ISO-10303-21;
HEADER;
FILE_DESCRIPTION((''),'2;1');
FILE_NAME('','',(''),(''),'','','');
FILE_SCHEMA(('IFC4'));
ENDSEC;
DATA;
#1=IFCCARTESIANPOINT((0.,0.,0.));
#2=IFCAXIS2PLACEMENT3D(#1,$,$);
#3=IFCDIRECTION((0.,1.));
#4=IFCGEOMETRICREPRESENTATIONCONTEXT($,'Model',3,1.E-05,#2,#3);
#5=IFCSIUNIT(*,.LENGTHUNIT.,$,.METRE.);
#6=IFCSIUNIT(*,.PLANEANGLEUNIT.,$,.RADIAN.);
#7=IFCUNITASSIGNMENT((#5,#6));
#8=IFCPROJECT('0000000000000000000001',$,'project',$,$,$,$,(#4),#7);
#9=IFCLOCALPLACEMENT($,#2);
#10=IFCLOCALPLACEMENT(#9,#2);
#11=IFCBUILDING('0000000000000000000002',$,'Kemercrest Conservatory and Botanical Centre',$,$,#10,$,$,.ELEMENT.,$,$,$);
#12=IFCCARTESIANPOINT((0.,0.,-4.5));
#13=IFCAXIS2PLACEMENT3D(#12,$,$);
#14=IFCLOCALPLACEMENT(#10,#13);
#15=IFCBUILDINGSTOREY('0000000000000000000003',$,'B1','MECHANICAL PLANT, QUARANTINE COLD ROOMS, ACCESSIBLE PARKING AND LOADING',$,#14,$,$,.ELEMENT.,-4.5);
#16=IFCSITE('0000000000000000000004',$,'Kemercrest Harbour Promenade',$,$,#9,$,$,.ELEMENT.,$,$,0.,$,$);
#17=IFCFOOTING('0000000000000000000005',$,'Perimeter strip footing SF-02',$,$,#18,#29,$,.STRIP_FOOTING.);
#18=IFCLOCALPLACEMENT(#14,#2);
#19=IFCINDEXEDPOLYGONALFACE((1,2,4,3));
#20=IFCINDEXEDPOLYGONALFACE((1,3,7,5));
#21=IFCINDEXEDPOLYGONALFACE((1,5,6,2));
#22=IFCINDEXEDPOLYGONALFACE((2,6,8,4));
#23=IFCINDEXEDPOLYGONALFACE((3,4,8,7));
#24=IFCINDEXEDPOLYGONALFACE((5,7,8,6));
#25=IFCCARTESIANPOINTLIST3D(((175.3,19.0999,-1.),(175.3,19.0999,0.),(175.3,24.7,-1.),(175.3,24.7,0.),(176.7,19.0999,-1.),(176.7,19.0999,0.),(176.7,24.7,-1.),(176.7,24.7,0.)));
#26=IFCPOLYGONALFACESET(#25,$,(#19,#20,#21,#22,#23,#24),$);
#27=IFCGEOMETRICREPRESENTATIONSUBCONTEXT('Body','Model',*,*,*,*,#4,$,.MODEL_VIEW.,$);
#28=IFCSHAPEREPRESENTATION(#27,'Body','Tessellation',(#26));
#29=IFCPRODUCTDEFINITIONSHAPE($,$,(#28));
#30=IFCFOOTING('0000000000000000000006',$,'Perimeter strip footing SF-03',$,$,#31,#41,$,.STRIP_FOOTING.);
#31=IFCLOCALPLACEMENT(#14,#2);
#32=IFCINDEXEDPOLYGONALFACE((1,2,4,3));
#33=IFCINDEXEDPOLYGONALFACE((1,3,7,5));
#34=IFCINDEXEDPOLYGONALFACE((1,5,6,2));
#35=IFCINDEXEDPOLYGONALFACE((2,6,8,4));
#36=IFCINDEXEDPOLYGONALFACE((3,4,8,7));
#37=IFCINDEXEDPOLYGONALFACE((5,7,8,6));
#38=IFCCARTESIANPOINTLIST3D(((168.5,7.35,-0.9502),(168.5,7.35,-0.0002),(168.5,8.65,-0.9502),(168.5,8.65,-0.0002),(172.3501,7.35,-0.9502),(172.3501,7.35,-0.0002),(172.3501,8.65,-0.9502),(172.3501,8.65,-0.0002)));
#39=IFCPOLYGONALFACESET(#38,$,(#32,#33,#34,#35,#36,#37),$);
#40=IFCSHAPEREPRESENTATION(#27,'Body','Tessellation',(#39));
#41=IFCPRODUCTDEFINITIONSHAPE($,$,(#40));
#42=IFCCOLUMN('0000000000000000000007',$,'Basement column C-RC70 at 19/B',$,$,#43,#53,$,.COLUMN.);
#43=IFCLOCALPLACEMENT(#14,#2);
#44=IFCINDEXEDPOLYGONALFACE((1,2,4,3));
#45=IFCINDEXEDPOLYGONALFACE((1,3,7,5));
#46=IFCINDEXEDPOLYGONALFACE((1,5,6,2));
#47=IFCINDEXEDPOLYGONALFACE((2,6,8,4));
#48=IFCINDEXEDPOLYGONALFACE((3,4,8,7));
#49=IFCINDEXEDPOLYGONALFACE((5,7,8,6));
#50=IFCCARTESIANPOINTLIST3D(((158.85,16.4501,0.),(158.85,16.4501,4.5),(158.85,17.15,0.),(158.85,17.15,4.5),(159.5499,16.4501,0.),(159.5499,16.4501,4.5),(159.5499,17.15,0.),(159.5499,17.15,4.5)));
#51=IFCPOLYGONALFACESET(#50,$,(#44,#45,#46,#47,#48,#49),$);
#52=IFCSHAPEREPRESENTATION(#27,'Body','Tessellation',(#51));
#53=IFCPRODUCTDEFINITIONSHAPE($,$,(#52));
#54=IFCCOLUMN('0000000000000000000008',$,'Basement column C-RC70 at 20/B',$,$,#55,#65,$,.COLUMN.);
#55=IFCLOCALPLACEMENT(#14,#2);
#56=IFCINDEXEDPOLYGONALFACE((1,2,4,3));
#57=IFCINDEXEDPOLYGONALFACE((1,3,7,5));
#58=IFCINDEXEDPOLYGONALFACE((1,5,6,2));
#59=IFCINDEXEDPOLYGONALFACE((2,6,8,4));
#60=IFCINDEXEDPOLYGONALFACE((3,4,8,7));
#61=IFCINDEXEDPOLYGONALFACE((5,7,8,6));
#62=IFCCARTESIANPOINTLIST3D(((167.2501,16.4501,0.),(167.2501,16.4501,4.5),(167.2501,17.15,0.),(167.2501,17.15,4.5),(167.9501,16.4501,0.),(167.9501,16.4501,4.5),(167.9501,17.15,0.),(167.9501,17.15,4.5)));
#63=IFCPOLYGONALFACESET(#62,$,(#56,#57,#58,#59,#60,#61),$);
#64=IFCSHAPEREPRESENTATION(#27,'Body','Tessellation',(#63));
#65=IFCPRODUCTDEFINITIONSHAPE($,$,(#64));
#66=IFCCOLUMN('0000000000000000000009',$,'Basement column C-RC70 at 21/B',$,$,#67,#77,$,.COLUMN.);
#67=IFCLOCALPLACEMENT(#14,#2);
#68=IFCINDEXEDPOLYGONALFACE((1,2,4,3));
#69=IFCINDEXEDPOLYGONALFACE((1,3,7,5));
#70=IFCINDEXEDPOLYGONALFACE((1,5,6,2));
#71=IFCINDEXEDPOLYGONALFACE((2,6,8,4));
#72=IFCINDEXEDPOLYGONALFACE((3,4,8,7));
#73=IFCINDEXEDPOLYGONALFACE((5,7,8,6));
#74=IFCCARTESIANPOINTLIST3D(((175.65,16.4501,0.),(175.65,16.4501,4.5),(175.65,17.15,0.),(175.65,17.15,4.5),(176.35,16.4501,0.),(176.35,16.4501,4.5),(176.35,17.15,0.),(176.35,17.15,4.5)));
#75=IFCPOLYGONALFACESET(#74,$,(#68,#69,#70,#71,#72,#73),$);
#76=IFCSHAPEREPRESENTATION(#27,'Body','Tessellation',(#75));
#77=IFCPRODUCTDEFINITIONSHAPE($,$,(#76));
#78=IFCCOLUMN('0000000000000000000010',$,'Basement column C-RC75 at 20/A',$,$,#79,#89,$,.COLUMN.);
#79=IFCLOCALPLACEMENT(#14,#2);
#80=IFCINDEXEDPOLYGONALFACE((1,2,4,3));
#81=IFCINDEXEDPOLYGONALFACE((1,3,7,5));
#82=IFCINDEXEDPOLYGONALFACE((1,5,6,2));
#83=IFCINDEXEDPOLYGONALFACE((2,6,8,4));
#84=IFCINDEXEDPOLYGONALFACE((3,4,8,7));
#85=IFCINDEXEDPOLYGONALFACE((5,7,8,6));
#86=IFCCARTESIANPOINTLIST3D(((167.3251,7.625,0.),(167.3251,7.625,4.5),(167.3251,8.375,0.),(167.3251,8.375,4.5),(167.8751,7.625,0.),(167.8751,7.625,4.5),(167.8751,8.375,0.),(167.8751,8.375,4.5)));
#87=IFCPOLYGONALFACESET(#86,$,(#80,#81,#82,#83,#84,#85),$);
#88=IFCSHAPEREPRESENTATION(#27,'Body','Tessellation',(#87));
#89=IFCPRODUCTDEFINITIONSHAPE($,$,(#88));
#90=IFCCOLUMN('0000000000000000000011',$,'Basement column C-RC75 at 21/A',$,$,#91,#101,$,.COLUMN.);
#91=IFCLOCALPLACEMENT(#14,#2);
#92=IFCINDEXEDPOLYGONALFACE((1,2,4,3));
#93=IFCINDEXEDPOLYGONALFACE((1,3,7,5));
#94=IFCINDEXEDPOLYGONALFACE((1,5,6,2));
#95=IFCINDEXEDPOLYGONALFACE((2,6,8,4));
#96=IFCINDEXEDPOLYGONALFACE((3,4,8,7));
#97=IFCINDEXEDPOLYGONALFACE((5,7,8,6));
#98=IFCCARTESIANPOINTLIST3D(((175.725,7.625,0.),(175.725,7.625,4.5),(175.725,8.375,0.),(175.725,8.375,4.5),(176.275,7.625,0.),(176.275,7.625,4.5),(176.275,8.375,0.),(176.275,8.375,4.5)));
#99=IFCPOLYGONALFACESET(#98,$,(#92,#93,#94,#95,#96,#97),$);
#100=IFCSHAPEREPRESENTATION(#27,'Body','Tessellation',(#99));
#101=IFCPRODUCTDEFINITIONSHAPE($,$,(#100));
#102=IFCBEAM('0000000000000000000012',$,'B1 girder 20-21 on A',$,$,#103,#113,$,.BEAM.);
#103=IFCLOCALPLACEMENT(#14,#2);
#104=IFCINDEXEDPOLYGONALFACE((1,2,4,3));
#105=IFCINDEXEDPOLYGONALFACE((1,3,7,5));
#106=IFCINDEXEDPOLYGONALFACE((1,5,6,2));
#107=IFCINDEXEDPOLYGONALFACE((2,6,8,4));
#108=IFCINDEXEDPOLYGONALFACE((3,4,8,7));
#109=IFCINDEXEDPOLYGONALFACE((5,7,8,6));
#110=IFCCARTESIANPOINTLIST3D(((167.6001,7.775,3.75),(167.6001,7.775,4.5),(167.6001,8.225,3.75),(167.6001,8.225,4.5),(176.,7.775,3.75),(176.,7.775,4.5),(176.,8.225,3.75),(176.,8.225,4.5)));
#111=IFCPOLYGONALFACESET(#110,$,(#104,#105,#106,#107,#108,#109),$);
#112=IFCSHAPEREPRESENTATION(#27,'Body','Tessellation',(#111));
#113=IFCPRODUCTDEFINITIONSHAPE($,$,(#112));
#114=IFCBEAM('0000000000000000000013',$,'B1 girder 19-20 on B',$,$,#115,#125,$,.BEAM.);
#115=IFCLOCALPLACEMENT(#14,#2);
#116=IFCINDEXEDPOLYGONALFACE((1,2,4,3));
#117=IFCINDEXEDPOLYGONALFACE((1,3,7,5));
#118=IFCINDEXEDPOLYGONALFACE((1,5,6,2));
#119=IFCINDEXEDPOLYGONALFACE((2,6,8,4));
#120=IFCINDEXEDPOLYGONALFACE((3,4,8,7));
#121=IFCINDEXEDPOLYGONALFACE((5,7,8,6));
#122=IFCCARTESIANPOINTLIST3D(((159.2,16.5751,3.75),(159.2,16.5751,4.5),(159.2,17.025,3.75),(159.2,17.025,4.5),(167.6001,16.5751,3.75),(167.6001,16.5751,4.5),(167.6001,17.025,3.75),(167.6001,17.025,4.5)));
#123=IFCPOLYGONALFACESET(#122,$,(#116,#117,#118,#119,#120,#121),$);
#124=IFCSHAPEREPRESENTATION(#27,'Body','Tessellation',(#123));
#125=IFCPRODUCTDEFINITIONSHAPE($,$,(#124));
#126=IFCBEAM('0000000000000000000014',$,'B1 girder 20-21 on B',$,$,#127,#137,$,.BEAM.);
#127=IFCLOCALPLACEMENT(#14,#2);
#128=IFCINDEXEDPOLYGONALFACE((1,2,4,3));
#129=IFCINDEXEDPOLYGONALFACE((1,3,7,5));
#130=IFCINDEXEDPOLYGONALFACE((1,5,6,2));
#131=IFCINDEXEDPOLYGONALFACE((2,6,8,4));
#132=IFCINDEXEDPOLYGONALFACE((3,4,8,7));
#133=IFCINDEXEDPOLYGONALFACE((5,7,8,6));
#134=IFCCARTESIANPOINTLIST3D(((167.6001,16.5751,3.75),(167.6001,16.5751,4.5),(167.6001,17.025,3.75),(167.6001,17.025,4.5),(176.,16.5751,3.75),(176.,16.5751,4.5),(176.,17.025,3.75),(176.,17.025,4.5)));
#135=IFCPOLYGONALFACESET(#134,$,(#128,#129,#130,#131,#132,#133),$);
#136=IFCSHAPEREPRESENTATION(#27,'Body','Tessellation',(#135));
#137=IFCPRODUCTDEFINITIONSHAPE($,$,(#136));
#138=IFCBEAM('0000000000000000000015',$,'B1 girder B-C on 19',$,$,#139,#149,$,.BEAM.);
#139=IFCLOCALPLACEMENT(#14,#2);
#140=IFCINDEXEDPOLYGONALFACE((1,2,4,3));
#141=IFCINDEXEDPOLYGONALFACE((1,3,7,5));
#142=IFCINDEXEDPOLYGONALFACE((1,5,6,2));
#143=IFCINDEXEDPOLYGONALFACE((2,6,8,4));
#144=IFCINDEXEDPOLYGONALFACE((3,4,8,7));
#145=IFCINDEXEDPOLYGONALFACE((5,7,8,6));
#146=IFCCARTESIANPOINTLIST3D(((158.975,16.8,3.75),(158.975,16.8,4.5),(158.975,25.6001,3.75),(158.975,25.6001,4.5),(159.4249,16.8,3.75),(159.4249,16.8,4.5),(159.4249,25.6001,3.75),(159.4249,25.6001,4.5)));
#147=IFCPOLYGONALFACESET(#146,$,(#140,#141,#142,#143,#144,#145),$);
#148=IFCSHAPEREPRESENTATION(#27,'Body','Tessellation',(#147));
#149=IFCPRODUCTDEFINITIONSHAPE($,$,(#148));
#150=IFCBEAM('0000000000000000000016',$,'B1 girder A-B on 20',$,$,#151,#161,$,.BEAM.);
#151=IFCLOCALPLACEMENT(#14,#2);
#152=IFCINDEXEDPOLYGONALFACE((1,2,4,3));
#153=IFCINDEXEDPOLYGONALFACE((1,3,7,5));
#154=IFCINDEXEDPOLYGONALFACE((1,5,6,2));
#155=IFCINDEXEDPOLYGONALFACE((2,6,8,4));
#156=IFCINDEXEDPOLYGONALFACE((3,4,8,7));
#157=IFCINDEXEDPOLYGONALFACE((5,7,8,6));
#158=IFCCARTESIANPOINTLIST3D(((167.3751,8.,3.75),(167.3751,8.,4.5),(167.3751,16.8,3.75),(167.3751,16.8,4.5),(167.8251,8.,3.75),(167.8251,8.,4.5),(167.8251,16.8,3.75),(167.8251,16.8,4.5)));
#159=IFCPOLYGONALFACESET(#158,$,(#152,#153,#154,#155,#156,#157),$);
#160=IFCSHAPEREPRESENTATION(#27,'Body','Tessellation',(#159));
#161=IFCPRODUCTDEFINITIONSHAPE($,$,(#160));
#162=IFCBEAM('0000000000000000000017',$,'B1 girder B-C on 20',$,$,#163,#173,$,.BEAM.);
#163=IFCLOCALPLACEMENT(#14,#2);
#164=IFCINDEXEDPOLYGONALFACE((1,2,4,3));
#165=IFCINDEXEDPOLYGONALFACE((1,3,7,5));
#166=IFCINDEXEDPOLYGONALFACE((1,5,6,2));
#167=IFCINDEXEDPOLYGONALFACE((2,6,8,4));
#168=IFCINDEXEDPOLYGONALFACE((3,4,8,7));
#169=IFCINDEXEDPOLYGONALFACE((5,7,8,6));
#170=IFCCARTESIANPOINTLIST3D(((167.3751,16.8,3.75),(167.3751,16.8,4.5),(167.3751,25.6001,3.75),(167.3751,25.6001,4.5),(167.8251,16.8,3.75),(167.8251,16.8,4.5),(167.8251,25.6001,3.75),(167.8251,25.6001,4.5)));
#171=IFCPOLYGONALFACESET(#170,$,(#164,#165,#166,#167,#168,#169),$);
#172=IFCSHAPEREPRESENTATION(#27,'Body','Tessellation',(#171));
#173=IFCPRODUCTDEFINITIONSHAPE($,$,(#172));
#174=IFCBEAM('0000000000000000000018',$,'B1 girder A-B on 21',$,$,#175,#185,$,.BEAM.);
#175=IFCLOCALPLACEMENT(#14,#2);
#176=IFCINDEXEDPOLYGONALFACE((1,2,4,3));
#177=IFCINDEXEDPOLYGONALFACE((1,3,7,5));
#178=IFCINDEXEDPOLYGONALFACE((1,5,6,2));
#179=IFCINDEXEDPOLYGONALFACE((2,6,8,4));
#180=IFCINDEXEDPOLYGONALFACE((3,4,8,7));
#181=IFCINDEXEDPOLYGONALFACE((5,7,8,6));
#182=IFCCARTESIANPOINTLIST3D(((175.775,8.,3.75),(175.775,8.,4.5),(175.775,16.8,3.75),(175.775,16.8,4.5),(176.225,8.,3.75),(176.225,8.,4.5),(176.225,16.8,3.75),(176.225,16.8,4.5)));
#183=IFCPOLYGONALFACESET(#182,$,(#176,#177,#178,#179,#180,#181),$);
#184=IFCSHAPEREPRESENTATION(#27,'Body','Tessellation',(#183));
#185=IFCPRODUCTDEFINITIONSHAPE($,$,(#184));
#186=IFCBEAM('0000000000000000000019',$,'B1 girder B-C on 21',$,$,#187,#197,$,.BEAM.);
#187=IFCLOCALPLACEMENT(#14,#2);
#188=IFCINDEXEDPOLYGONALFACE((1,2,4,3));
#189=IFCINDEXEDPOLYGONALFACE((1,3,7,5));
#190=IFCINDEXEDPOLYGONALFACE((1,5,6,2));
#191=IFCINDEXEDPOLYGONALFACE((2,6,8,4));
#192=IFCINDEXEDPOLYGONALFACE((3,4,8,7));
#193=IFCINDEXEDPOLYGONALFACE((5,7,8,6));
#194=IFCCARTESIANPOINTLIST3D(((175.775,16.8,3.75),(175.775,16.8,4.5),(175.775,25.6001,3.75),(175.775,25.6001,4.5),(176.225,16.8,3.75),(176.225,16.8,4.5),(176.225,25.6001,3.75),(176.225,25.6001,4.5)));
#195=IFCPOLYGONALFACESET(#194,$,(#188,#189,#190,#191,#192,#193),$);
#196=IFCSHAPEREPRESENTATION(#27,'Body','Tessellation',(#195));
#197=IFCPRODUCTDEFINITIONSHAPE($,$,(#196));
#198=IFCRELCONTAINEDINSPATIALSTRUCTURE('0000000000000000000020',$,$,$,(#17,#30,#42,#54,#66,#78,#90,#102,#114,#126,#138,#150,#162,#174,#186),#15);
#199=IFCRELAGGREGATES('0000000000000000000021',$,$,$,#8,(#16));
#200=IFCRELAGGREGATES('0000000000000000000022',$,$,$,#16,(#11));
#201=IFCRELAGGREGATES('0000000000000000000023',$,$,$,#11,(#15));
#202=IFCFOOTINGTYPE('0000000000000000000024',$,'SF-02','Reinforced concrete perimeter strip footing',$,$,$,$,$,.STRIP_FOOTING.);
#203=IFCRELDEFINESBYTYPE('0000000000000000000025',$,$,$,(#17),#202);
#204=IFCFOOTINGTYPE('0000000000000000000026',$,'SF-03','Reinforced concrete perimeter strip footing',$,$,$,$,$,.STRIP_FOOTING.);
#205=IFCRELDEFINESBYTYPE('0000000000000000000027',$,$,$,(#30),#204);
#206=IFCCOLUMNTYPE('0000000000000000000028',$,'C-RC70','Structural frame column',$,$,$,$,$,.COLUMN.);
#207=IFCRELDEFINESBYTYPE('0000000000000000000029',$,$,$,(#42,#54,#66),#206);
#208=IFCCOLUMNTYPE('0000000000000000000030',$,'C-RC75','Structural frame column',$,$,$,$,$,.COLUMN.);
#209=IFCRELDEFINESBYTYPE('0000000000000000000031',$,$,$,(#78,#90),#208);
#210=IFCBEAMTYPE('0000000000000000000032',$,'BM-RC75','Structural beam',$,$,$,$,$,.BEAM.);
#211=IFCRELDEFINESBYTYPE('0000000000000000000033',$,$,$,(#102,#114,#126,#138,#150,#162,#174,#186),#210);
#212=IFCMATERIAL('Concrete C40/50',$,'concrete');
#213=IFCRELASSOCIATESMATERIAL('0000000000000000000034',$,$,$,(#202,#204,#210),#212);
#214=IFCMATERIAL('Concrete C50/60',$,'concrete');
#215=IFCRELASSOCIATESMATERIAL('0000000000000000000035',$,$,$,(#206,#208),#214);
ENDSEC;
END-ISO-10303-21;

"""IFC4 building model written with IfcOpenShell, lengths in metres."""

from ifc_helpers import new_model, si_unit, direction, frame, origin, origin_2d, place, context, subcontext, project, spatial, rectangle, extrude, material, material_profile, profile_set, type_object, element, save


model = new_model("IFC4")

# Units and contexts
model_context = context("Model", 3, precision=1e-05, world=origin(), true_north=direction((0.0, 1.0)))
body_context = subcontext(model_context, "Body", "Model", "MODEL_VIEW")
ifc_project = project(units=[si_unit("LENGTHUNIT", "METRE"), si_unit("PLANEANGLEUNIT", "RADIAN")], contexts=[model_context])

# Site, building, storey
site_placement = place(None, origin())
site = spatial("IfcSite", under=ifc_project, at=site_placement, Name="Kemercrest Harbour Promenade", CompositionType="ELEMENT", RefElevation=0.0)
building_placement = place(site_placement, origin())
building = spatial("IfcBuilding", under=site, at=building_placement, Name="Kemercrest Conservatory and Botanical Centre", CompositionType="ELEMENT")
storey_placement = place(building_placement, frame((0.0, 0.0, -4.5)))
storey = spatial("IfcBuildingStorey", under=building, at=storey_placement, Name="B1", Description="MECHANICAL PLANT, QUARANTINE COLD ROOMS, ACCESSIBLE PARKING AND LOADING", CompositionType="ELEMENT", Elevation=-4.5)

# Shared definitions
ifc_material_1 = material(Name="Concrete C40/50", Category="concrete")

# Footings
footing_type_1 = type_object("IfcFootingType", Name="SF-02", Description="Reinforced concrete perimeter strip footing", PredefinedType="STRIP_FOOTING", material=ifc_material_1)
footing_1_placement = place(storey_placement, frame((176.0, 21.8999, -1.0), z_axis=(0.0, 0.0, 1.0), x_axis=(1.0, 0.0, 0.0)))
element("IfcFooting", 1, at=footing_1_placement, inside=storey, type_object=footing_type_1, Name="Perimeter strip footing SF-02", PredefinedType="STRIP_FOOTING", context=body_context, shape_type="SweptSolid", body=[
    extrude(rectangle(XDim=1.3999, YDim=5.6001, at=origin_2d()), origin(), (0.0, 0.0, 1.0), 1.0),
])
footing_type_2 = type_object("IfcFootingType", Name="SF-03", Description="Reinforced concrete perimeter strip footing", PredefinedType="STRIP_FOOTING", material=ifc_material_1)
footing_2_placement = place(storey_placement, frame((170.425, 8.0, -0.9502), z_axis=(0.0, 0.0, 1.0), x_axis=(1.0, 0.0, 0.0)))
element("IfcFooting", 2, at=footing_2_placement, inside=storey, type_object=footing_type_2, Name="Perimeter strip footing SF-03", PredefinedType="STRIP_FOOTING", context=body_context, shape_type="SweptSolid", body=[
    extrude(rectangle(XDim=3.8501, YDim=1.3, at=origin_2d()), origin(), (0.0, 0.0, 1.0), 0.95),
])

# Columns
ifc_material_2 = material(Name="Concrete C50/60", Category="concrete")
ifc_material_profile_1 = material_profile(ifc_material_2, rectangle(XDim=0.7, YDim=0.7, at=origin_2d()), Name="RC 700x700")
ifc_profile_set_1 = profile_set([ifc_material_profile_1], Name="Concrete C50/60")
column_type_1 = type_object("IfcColumnType", Name="C-RC70", Description="Structural frame column", PredefinedType="COLUMN", material=ifc_profile_set_1)
for number, where, z_axis, x_axis, name in (
    (3, (159.2, 16.8, 0.0), (0.0, 0.0, 1.0), (1.0, 0.0, 0.0), "Basement column C-RC70 at 19/B"),
    (4, (167.6001, 16.8, 0.0), (0.0, 0.0, 1.0), (1.0, 0.0, 0.0), "Basement column C-RC70 at 20/B"),
    (5, (176.0, 16.8, 0.0), (0.0, 0.0, 1.0), (1.0, 0.0, 0.0), "Basement column C-RC70 at 21/B"),
):
    element("IfcColumn", number, at=place(storey_placement, frame(where, z_axis=z_axis, x_axis=x_axis)), inside=storey, type_object=column_type_1, Name=name, PredefinedType="COLUMN", context=body_context, shape_type="SweptSolid", body=[
        extrude(rectangle(XDim=0.7, YDim=0.7, at=origin_2d()), origin(), (0.0, 0.0, 1.0), 4.5),
    ])
ifc_material_profile_2 = material_profile(ifc_material_2, rectangle(XDim=0.55, YDim=0.75, at=origin_2d()), Name="RC 750x550")
ifc_profile_set_2 = profile_set([ifc_material_profile_2], Name="Concrete C50/60")
column_type_2 = type_object("IfcColumnType", Name="C-RC75", Description="Structural frame column", PredefinedType="COLUMN", material=ifc_profile_set_2)
for number, where, z_axis, x_axis, name in (
    (6, (167.6001, 8.0, 0.0), (0.0, 0.0, 1.0), (1.0, 0.0, 0.0), "Basement column C-RC75 at 20/A"),
    (7, (176.0, 8.0, 0.0), (0.0, 0.0, 1.0), (1.0, 0.0, 0.0), "Basement column C-RC75 at 21/A"),
):
    element("IfcColumn", number, at=place(storey_placement, frame(where, z_axis=z_axis, x_axis=x_axis)), inside=storey, type_object=column_type_2, Name=name, PredefinedType="COLUMN", context=body_context, shape_type="SweptSolid", body=[
        extrude(rectangle(XDim=0.55, YDim=0.75, at=origin_2d()), origin(), (0.0, 0.0, 1.0), 4.5),
    ])

# Beams
ifc_material_profile_3 = material_profile(ifc_material_1, rectangle(XDim=0.45, YDim=0.75, at=origin_2d()), Name="RC 450x750")
ifc_profile_set_3 = profile_set([ifc_material_profile_3], Name="Concrete C40/50")
beam_type = type_object("IfcBeamType", Name="BM-RC75", Description="Structural beam", PredefinedType="BEAM", material=ifc_profile_set_3)
beam_1_placement = place(storey_placement, frame((167.6001, 8.0, 4.125), z_axis=(1.0, 0.0, 0.0), x_axis=(0.0, 1.0, 0.0)))
element("IfcBeam", 8, at=beam_1_placement, inside=storey, type_object=beam_type, Name="B1 girder 20-21 on A", PredefinedType="BEAM", context=body_context, shape_type="SweptSolid", body=[
    extrude(rectangle(XDim=0.45, YDim=0.75, at=origin_2d()), origin(), (0.0, 0.0, 1.0), 8.3999),
])
beam_2_placement = place(storey_placement, frame((159.2, 16.8, 4.125), z_axis=(1.0, 0.0, 0.0), x_axis=(0.0, 1.0, 0.0)))
element("IfcBeam", 9, at=beam_2_placement, inside=storey, type_object=beam_type, Name="B1 girder 19-20 on B", PredefinedType="BEAM", context=body_context, shape_type="SweptSolid", body=[
    extrude(rectangle(XDim=0.45, YDim=0.75, at=origin_2d()), origin(), (0.0, 0.0, 1.0), 8.4001),
])
beam_3_placement = place(storey_placement, frame((167.6001, 16.8, 4.125), z_axis=(1.0, 0.0, 0.0), x_axis=(0.0, 1.0, 0.0)))
element("IfcBeam", 10, at=beam_3_placement, inside=storey, type_object=beam_type, Name="B1 girder 20-21 on B", PredefinedType="BEAM", context=body_context, shape_type="SweptSolid", body=[
    extrude(rectangle(XDim=0.45, YDim=0.75, at=origin_2d()), origin(), (0.0, 0.0, 1.0), 8.3999),
])
for number, where, z_axis, x_axis, name in (
    (11, (159.2, 16.8, 4.125), (0.0, 1.0, 0.0), (-1.0, 0.0, 0.0), "B1 girder B-C on 19"),
    (12, (167.6001, 8.0, 4.125), (0.0, 1.0, 0.0), (-1.0, 0.0, 0.0), "B1 girder A-B on 20"),
    (13, (167.6001, 16.8, 4.125), (0.0, 1.0, 0.0), (-1.0, 0.0, 0.0), "B1 girder B-C on 20"),
    (14, (176.0, 8.0, 4.125), (0.0, 1.0, 0.0), (-1.0, 0.0, 0.0), "B1 girder A-B on 21"),
    (15, (176.0, 16.8, 4.125), (0.0, 1.0, 0.0), (-1.0, 0.0, 0.0), "B1 girder B-C on 21"),
):
    element("IfcBeam", number, at=place(storey_placement, frame(where, z_axis=z_axis, x_axis=x_axis)), inside=storey, type_object=beam_type, Name=name, PredefinedType="BEAM", context=body_context, shape_type="SweptSolid", body=[
        extrude(rectangle(XDim=0.45, YDim=0.75, at=origin_2d()), origin(), (0.0, 0.0, 1.0), 8.8),
    ])

save(model, "model.ifc")
